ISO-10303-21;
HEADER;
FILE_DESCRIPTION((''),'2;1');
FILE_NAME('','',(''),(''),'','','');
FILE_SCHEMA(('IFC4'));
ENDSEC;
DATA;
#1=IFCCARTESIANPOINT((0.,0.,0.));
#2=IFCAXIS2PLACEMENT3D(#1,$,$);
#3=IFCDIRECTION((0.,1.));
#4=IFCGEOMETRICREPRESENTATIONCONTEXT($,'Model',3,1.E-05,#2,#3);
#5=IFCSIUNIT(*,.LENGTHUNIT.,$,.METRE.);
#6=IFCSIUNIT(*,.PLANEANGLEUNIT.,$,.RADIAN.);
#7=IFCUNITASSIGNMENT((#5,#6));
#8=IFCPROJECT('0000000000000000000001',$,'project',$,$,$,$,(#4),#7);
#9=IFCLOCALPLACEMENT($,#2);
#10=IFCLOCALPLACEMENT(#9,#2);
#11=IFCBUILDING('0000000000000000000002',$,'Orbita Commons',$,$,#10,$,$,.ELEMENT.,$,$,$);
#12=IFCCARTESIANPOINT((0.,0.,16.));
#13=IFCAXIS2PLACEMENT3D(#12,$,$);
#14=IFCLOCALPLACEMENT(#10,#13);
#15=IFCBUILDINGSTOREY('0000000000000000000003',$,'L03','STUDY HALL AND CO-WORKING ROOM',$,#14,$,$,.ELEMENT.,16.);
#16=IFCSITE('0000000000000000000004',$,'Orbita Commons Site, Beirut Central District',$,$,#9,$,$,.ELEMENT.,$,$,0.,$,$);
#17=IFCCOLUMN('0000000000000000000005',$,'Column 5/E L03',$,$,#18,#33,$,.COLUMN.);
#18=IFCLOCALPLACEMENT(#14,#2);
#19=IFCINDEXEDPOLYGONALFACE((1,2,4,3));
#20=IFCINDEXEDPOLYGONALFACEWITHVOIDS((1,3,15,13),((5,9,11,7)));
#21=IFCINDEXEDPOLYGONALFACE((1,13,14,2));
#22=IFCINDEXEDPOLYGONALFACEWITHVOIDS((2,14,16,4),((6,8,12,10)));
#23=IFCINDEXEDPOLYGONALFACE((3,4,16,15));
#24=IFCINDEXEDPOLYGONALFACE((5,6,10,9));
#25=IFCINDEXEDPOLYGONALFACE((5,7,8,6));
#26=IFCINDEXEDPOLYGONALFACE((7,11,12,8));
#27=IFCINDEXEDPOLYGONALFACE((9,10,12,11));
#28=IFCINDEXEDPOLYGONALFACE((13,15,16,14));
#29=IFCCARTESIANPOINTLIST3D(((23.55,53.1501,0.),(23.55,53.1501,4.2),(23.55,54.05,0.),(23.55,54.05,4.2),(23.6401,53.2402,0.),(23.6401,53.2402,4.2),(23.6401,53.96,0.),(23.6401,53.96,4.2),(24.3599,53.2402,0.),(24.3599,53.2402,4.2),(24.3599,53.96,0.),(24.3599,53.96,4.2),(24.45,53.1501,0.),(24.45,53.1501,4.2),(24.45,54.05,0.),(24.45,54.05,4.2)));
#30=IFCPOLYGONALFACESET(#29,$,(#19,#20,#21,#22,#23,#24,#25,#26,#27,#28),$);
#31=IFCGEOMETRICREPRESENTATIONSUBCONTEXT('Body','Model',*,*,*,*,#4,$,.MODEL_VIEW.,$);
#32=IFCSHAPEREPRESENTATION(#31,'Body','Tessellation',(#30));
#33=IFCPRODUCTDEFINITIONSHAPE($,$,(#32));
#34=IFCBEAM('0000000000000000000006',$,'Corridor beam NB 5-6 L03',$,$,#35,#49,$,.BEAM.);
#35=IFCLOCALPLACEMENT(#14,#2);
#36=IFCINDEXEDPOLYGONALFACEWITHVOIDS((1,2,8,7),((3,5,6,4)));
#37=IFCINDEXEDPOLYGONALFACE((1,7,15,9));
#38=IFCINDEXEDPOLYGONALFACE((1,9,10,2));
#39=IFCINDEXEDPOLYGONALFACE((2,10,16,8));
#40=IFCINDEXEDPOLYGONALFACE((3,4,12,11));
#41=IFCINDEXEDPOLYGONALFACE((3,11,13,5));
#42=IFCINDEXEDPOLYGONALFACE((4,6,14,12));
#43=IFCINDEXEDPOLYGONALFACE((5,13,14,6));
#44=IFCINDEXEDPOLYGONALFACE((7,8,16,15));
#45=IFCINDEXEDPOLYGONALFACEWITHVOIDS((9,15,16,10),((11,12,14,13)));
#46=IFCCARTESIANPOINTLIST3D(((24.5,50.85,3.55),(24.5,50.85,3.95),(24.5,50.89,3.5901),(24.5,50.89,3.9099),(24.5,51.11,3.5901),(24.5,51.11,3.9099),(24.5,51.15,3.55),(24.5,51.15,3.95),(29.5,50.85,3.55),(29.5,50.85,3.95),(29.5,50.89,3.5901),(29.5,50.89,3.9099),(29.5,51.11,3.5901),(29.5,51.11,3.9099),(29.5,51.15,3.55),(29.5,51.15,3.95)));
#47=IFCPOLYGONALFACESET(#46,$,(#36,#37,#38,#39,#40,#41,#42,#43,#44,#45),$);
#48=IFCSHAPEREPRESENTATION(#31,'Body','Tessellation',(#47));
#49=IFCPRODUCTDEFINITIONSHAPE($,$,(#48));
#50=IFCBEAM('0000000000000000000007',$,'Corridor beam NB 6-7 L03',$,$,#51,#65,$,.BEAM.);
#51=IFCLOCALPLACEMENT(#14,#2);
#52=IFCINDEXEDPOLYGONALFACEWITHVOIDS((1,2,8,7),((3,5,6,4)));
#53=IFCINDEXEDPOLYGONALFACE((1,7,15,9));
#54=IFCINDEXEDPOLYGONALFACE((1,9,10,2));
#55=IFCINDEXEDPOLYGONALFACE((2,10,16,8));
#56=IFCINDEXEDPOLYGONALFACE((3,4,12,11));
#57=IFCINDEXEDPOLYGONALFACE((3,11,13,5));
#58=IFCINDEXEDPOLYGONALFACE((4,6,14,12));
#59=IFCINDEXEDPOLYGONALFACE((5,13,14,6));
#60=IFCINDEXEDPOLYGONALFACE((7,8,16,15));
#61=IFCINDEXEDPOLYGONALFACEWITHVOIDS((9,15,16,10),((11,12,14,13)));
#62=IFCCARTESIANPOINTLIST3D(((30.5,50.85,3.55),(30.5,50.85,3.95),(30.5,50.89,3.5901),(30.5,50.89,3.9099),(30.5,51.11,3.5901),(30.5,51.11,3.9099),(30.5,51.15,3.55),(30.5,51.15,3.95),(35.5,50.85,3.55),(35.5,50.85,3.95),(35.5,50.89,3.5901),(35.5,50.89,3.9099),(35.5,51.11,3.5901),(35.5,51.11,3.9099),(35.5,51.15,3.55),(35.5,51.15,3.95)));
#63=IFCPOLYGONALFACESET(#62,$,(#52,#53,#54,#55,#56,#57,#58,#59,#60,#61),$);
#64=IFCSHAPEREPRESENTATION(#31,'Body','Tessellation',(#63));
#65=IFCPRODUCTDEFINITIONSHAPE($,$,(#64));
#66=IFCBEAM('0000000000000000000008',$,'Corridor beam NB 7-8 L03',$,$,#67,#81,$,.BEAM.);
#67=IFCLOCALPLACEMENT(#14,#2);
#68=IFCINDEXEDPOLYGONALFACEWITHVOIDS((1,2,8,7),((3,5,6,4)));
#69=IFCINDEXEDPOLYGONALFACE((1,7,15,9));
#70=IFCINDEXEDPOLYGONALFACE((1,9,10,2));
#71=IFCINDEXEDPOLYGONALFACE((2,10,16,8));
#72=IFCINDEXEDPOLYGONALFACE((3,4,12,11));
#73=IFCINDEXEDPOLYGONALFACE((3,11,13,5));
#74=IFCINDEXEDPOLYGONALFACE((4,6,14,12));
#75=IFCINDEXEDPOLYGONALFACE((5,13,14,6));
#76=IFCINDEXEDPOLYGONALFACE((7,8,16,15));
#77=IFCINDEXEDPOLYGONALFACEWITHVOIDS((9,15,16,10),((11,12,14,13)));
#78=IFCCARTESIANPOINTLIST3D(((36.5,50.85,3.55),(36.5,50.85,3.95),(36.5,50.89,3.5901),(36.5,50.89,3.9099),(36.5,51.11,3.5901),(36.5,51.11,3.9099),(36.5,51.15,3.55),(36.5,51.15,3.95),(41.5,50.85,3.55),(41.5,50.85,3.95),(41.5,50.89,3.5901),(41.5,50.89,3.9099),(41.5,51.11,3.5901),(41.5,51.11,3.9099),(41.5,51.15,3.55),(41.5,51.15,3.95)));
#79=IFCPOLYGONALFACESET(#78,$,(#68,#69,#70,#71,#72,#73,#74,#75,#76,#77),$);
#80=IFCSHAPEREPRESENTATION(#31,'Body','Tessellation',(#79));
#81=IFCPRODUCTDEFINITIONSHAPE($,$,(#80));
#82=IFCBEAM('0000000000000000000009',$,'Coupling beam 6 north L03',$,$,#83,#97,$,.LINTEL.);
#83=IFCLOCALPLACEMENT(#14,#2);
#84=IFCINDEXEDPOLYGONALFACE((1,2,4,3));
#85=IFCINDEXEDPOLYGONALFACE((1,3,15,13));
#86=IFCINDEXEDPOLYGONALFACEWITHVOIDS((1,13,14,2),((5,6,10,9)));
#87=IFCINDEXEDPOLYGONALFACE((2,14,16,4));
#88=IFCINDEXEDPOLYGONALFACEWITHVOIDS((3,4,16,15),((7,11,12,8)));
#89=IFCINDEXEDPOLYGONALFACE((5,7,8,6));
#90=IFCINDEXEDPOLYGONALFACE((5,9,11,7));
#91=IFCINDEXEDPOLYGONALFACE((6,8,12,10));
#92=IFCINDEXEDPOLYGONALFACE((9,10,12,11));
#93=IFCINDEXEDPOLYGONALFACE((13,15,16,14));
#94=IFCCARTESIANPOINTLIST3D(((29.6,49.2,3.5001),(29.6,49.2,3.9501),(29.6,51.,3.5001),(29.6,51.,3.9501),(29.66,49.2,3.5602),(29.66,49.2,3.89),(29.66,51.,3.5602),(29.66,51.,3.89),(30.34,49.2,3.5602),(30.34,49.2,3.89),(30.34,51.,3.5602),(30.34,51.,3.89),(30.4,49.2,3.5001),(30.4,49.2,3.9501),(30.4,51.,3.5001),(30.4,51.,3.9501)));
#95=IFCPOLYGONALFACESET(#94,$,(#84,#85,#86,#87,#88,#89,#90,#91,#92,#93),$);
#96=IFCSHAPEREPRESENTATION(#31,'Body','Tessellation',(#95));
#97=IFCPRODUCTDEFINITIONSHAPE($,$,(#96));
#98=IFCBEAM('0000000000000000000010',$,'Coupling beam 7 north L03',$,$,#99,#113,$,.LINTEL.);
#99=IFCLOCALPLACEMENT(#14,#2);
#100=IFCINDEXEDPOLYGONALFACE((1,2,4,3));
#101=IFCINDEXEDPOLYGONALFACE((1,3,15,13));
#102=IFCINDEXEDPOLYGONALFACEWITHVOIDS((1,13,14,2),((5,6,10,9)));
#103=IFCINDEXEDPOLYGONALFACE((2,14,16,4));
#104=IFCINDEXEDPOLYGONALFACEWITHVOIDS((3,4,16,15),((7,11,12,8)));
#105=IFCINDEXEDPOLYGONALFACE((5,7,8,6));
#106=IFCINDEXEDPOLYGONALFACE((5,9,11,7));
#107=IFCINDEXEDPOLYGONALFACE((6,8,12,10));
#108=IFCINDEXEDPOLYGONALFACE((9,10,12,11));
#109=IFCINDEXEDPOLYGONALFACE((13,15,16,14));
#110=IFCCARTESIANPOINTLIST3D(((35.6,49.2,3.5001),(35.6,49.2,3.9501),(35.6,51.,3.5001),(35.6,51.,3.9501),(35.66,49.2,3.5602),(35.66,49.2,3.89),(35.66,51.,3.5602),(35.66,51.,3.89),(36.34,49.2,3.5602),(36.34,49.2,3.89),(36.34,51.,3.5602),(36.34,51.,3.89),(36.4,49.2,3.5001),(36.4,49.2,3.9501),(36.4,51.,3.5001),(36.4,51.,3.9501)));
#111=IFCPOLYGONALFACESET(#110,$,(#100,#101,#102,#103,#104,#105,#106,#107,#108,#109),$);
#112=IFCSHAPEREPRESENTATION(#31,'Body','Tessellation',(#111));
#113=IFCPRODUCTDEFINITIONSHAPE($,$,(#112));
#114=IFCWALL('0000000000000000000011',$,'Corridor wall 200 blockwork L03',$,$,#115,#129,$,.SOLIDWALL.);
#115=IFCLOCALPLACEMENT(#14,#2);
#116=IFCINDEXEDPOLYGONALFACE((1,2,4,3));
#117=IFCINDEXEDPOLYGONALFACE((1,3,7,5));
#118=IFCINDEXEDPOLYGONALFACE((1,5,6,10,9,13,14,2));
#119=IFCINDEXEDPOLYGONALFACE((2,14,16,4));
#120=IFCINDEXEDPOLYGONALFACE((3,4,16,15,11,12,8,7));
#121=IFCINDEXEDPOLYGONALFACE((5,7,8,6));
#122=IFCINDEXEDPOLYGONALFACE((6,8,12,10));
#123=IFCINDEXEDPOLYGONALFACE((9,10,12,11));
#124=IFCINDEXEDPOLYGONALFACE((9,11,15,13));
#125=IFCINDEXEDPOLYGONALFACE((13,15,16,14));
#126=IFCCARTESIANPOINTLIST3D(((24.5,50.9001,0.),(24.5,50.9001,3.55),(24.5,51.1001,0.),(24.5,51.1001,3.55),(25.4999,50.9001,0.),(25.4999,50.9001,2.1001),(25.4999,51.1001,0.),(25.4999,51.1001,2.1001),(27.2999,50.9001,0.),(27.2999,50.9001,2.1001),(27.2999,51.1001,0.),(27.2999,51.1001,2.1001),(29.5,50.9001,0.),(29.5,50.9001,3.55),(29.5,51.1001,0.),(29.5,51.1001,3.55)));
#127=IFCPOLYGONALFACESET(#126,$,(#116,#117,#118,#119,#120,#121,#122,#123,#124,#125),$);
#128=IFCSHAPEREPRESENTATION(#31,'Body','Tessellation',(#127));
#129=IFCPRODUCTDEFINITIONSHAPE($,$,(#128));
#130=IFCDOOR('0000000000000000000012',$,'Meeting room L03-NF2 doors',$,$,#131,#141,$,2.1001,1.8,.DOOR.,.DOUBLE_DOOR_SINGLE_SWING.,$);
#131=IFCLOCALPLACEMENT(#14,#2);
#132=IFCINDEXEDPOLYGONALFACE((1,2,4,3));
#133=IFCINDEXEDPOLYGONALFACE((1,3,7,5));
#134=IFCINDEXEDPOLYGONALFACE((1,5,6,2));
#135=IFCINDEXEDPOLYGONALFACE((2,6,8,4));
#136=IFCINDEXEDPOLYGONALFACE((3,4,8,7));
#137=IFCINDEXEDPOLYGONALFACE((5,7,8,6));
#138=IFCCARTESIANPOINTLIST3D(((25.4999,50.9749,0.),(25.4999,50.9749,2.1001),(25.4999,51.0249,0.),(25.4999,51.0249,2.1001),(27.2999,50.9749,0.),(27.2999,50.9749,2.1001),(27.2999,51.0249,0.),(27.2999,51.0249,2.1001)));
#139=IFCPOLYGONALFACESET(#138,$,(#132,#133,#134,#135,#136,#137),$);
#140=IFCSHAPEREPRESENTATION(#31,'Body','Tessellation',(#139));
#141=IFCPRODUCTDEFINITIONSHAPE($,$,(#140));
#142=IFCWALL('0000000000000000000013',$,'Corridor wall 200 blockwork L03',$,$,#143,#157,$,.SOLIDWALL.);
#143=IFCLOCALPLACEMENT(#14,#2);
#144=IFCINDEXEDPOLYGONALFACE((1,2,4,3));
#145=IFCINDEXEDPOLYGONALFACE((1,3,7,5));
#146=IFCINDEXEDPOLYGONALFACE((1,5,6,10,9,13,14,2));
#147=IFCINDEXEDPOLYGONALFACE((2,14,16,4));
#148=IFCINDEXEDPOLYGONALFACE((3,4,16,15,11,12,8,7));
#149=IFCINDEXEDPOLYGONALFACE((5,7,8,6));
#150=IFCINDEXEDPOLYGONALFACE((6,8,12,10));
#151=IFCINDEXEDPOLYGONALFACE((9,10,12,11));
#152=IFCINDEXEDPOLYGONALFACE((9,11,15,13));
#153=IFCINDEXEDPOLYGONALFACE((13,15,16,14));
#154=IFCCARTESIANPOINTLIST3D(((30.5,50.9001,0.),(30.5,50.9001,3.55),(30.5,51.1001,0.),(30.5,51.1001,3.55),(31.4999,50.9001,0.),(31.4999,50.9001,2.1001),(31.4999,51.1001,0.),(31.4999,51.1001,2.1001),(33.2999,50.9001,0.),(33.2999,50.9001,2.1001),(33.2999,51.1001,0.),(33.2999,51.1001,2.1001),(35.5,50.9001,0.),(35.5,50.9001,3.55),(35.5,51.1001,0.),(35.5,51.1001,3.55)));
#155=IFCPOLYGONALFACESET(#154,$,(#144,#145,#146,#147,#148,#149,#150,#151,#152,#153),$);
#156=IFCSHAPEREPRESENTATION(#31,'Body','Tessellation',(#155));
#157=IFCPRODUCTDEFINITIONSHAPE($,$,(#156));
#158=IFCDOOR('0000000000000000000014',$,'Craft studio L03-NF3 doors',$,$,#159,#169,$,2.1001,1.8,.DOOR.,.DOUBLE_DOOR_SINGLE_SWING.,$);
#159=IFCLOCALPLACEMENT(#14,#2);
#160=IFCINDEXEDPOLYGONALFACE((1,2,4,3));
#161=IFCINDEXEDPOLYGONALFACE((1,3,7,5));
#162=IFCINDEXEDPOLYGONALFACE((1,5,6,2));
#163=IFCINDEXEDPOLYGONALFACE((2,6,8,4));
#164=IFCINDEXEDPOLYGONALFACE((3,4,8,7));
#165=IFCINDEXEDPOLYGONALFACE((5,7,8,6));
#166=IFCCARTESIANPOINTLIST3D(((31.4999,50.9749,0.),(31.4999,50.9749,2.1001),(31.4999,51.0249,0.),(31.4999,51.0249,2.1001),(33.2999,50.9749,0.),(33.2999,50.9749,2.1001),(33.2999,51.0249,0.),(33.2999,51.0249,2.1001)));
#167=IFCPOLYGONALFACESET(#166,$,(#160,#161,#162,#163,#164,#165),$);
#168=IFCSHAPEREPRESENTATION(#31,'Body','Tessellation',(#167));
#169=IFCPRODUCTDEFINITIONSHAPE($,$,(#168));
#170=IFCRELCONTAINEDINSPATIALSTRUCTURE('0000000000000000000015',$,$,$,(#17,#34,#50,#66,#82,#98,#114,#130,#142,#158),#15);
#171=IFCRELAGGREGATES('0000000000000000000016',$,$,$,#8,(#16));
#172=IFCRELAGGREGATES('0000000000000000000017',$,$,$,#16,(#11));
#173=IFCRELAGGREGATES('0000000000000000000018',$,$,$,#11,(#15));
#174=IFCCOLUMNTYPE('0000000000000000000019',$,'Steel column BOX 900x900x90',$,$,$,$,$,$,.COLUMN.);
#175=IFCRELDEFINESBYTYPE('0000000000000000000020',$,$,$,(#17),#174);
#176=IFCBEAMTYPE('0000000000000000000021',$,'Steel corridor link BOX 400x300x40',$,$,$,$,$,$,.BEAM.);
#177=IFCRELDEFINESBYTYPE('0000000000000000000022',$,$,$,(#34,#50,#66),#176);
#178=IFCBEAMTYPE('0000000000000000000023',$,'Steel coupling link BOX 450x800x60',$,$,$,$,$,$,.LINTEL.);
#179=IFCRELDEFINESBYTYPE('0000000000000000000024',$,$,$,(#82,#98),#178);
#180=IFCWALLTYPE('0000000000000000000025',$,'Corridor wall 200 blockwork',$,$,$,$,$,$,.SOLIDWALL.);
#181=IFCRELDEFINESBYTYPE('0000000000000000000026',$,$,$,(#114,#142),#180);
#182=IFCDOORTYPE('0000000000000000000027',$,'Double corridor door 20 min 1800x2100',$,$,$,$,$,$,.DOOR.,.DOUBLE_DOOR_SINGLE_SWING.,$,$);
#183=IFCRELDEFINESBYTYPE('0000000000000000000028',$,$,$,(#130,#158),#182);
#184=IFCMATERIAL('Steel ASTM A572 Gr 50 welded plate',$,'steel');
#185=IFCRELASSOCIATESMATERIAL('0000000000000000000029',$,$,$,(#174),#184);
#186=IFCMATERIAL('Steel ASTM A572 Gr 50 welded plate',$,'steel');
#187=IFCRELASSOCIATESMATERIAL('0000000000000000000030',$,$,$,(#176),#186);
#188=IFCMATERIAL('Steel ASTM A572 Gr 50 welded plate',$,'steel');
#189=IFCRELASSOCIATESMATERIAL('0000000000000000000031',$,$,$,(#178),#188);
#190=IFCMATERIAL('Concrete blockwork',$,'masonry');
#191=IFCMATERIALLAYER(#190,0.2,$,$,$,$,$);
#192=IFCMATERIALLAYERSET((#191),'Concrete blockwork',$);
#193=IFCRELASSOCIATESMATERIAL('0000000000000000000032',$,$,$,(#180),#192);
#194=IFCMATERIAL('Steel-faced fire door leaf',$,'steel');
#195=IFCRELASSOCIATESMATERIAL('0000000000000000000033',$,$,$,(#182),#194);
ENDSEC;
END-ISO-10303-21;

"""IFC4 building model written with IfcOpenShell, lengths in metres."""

from ifc_helpers import new_model, si_unit, direction, frame, frame_2d, origin, origin_2d, place, context, subcontext, project, spatial, polyline, rectangle, hollow_rectangle, outline, extrude, material, layer, layer_set, material_profile, profile_set, type_object, element, fill, save


model = new_model("IFC4")

# Units and contexts
model_context = context("Model", 3, precision=1e-05, world=origin(), true_north=direction((0.0, 1.0)))
body_context = subcontext(model_context, "Body", "Model", "MODEL_VIEW")
ifc_project = project(units=[si_unit("LENGTHUNIT", "METRE"), si_unit("PLANEANGLEUNIT", "RADIAN")], contexts=[model_context])

# Site, building, storey
site_placement = place(None, origin())
site = spatial("IfcSite", under=ifc_project, at=site_placement, Name="Orbita Commons Site, Beirut Central District", CompositionType="ELEMENT", RefElevation=0.0)
building_placement = place(site_placement, origin())
building = spatial("IfcBuilding", under=site, at=building_placement, Name="Orbita Commons", CompositionType="ELEMENT")
storey_placement = place(building_placement, frame((0.0, 0.0, 16.0)))
storey = spatial("IfcBuildingStorey", under=building, at=storey_placement, Name="L03", Description="STUDY HALL AND CO-WORKING ROOM", CompositionType="ELEMENT", Elevation=16.0)

# Column
ifc_material_1 = material(Name="Steel ASTM A572 Gr 50 welded plate", Category="steel")
ifc_material_profile_1 = material_profile(ifc_material_1, hollow_rectangle(XDim=0.8999, YDim=0.8999, WallThickness=0.0901, at=origin_2d()), Name="BOX 900x900x90")
ifc_profile_set_1 = profile_set([ifc_material_profile_1], Name="Steel ASTM A572 Gr 50 welded plate")
column_type = type_object("IfcColumnType", Name="Steel column BOX 900x900x90", PredefinedType="COLUMN", material=ifc_profile_set_1)
column_placement = place(storey_placement, frame((24.0, 53.6001, 0.0), z_axis=(0.0, 0.0, 1.0), x_axis=(1.0, 0.0, 0.0)))
element("IfcColumn", 1, at=column_placement, inside=storey, type_object=column_type, Name="Column 5/E L03", PredefinedType="COLUMN", context=body_context, shape_type="SweptSolid", body=[
    extrude(hollow_rectangle(XDim=0.8999, YDim=0.8999, WallThickness=0.0901, at=origin_2d()), origin(), (0.0, 0.0, 1.0), 4.2),
])

# Beams
ifc_material_2 = material(Name="Steel ASTM A572 Gr 50 welded plate", Category="steel")
ifc_material_profile_2 = material_profile(ifc_material_2, hollow_rectangle(XDim=0.3, YDim=0.3999, WallThickness=0.04, at=origin_2d()), Name="BOX 400x300x40")
ifc_profile_set_2 = profile_set([ifc_material_profile_2], Name="Steel ASTM A572 Gr 50 welded plate")
beam_type_1 = type_object("IfcBeamType", Name="Steel corridor link BOX 400x300x40", PredefinedType="BEAM", material=ifc_profile_set_2)
for number, where, z_axis, x_axis, name in (
    (2, (24.5, 51.0, 3.75), (1.0, 0.0, 0.0), (0.0, 1.0, 0.0), "Corridor beam NB 5-6 L03"),
    (3, (30.5, 51.0, 3.75), (1.0, 0.0, 0.0), (0.0, 1.0, 0.0), "Corridor beam NB 6-7 L03"),
    (4, (36.5, 51.0, 3.75), (1.0, 0.0, 0.0), (0.0, 1.0, 0.0), "Corridor beam NB 7-8 L03"),
):
    element("IfcBeam", number, at=place(storey_placement, frame(where, z_axis=z_axis, x_axis=x_axis)), inside=storey, type_object=beam_type_1, Name=name, PredefinedType="BEAM", context=body_context, shape_type="SweptSolid", body=[
        extrude(hollow_rectangle(XDim=0.3, YDim=0.3999, WallThickness=0.04, at=origin_2d()), origin(), (0.0, 0.0, 1.0), 5.0),
    ])
ifc_material_3 = material(Name="Steel ASTM A572 Gr 50 welded plate", Category="steel")
ifc_material_profile_3 = material_profile(ifc_material_3, hollow_rectangle(XDim=0.8, YDim=0.45, WallThickness=0.0601, at=origin_2d()), Name="BOX 450x800x60")
ifc_profile_set_3 = profile_set([ifc_material_profile_3], Name="Steel ASTM A572 Gr 50 welded plate")
beam_type_2 = type_object("IfcBeamType", Name="Steel coupling link BOX 450x800x60", PredefinedType="LINTEL", material=ifc_profile_set_3)
for number, where, z_axis, x_axis, name in (
    (5, (30.0, 49.2, 3.7251), (0.0, 1.0, 0.0), (-1.0, 0.0, 0.0), "Coupling beam 6 north L03"),
    (6, (36.0, 49.2, 3.7251), (0.0, 1.0, 0.0), (-1.0, 0.0, 0.0), "Coupling beam 7 north L03"),
):
    element("IfcBeam", number, at=place(storey_placement, frame(where, z_axis=z_axis, x_axis=x_axis)), inside=storey, type_object=beam_type_2, Name=name, PredefinedType="LINTEL", context=body_context, shape_type="SweptSolid", body=[
        extrude(hollow_rectangle(XDim=0.8, YDim=0.45, WallThickness=0.0601, at=origin_2d()), origin(), (0.0, 0.0, 1.0), 1.8),
    ])

# Walls, openings, doors
ifc_material_4 = material(Name="Concrete blockwork", Category="masonry")
ifc_layer_1 = layer(ifc_material_4, 0.2)
ifc_layer_set_1 = layer_set([ifc_layer_1], Name="Concrete blockwork")
wall_type_1 = type_object("IfcWallType", Name="Corridor wall 200 blockwork", PredefinedType="SOLIDWALL", material=ifc_layer_set_1)
wall_1_placement = place(storey_placement, frame((24.5, 51.0, 0.0), z_axis=(0.0, 0.0, 1.0), x_axis=(1.0, 0.0, 0.0)))
wall_1 = element("IfcWall", 7, at=wall_1_placement, inside=storey, type_object=wall_type_1, Name="Corridor wall 200 blockwork L03", PredefinedType="SOLIDWALL", context=body_context, shape_type="SweptSolid", body=[
    extrude(outline(polyline([(0.0, 0.0), (5.0, 0.0), (5.0, 3.55), (0.0, 3.55), (0.0, 0.0)])), frame((0.0, 0.1001, 0.0), z_axis=(0.0, -1.0, 0.0), x_axis=(1.0, 0.0, 0.0)), (0.0, 0.0, 1.0), 0.2),
])
opening_1_placement = place(wall_1_placement, frame((1.0, 0.0, 0.0)))
opening_1 = element("IfcOpeningElement", 8, at=opening_1_placement, cuts=wall_1, PredefinedType="OPENING", context=body_context, shape_type="SweptSolid", body=[
    extrude(rectangle(XDim=1.8, YDim=2.1001, at=frame_2d((0.8999, 1.05))), frame((0.0, 0.1099, 0.0), z_axis=(0.0, -1.0, 0.0), x_axis=(1.0, 0.0, 0.0)), (0.0, 0.0, 1.0), 0.22),
])
ifc_material_5 = material(Name="Steel-faced fire door leaf", Category="steel")
door_type_1 = type_object("IfcDoorType", Name="Double corridor door 20 min 1800x2100", OperationType="DOUBLE_DOOR_SINGLE_SWING", PredefinedType="DOOR", material=ifc_material_5)
door_1_placement = place(opening_1_placement, origin())
door_1 = element("IfcDoor", 9, at=door_1_placement, inside=storey, type_object=door_type_1, Name="Meeting room L03-NF2 doors", OperationType="DOUBLE_DOOR_SINGLE_SWING", OverallHeight=2.1001, OverallWidth=1.8, PredefinedType="DOOR", context=body_context, shape_type="SweptSolid", body=[
    extrude(rectangle(XDim=1.8, YDim=2.1001, at=frame_2d((0.8999, 1.05))), frame((0.0, 0.0249, 0.0), z_axis=(0.0, -1.0, 0.0), x_axis=(1.0, 0.0, 0.0)), (0.0, 0.0, 1.0), 0.05),
])
fill(opening_1, door_1)
wall_2_placement = place(storey_placement, frame((30.5, 51.0, 0.0), z_axis=(0.0, 0.0, 1.0), x_axis=(1.0, 0.0, 0.0)))
wall_2 = element("IfcWall", 10, at=wall_2_placement, inside=storey, type_object=wall_type_1, Name="Corridor wall 200 blockwork L03", PredefinedType="SOLIDWALL", context=body_context, shape_type="SweptSolid", body=[
    extrude(outline(polyline([(0.0, 0.0), (5.0, 0.0), (5.0, 3.55), (0.0, 3.55), (0.0, 0.0)])), frame((0.0, 0.1001, 0.0), z_axis=(0.0, -1.0, 0.0), x_axis=(1.0, 0.0, 0.0)), (0.0, 0.0, 1.0), 0.2),
])
opening_2_placement = place(wall_2_placement, frame((1.0, 0.0, 0.0)))
opening_2 = element("IfcOpeningElement", 11, at=opening_2_placement, cuts=wall_2, PredefinedType="OPENING", context=body_context, shape_type="SweptSolid", body=[
    extrude(rectangle(XDim=1.8, YDim=2.1001, at=frame_2d((0.8999, 1.05))), frame((0.0, 0.1099, 0.0), z_axis=(0.0, -1.0, 0.0), x_axis=(1.0, 0.0, 0.0)), (0.0, 0.0, 1.0), 0.22),
])
door_2_placement = place(opening_2_placement, origin())
door_2 = element("IfcDoor", 12, at=door_2_placement, inside=storey, type_object=door_type_1, Name="Craft studio L03-NF3 doors", OperationType="DOUBLE_DOOR_SINGLE_SWING", OverallHeight=2.1001, OverallWidth=1.8, PredefinedType="DOOR", context=body_context, shape_type="SweptSolid", body=[
    extrude(rectangle(XDim=1.8, YDim=2.1001, at=frame_2d((0.8999, 1.05))), frame((0.0, 0.0249, 0.0), z_axis=(0.0, -1.0, 0.0), x_axis=(1.0, 0.0, 0.0)), (0.0, 0.0, 1.0), 0.05),
])
fill(opening_2, door_2)

save(model, "model.ifc")
